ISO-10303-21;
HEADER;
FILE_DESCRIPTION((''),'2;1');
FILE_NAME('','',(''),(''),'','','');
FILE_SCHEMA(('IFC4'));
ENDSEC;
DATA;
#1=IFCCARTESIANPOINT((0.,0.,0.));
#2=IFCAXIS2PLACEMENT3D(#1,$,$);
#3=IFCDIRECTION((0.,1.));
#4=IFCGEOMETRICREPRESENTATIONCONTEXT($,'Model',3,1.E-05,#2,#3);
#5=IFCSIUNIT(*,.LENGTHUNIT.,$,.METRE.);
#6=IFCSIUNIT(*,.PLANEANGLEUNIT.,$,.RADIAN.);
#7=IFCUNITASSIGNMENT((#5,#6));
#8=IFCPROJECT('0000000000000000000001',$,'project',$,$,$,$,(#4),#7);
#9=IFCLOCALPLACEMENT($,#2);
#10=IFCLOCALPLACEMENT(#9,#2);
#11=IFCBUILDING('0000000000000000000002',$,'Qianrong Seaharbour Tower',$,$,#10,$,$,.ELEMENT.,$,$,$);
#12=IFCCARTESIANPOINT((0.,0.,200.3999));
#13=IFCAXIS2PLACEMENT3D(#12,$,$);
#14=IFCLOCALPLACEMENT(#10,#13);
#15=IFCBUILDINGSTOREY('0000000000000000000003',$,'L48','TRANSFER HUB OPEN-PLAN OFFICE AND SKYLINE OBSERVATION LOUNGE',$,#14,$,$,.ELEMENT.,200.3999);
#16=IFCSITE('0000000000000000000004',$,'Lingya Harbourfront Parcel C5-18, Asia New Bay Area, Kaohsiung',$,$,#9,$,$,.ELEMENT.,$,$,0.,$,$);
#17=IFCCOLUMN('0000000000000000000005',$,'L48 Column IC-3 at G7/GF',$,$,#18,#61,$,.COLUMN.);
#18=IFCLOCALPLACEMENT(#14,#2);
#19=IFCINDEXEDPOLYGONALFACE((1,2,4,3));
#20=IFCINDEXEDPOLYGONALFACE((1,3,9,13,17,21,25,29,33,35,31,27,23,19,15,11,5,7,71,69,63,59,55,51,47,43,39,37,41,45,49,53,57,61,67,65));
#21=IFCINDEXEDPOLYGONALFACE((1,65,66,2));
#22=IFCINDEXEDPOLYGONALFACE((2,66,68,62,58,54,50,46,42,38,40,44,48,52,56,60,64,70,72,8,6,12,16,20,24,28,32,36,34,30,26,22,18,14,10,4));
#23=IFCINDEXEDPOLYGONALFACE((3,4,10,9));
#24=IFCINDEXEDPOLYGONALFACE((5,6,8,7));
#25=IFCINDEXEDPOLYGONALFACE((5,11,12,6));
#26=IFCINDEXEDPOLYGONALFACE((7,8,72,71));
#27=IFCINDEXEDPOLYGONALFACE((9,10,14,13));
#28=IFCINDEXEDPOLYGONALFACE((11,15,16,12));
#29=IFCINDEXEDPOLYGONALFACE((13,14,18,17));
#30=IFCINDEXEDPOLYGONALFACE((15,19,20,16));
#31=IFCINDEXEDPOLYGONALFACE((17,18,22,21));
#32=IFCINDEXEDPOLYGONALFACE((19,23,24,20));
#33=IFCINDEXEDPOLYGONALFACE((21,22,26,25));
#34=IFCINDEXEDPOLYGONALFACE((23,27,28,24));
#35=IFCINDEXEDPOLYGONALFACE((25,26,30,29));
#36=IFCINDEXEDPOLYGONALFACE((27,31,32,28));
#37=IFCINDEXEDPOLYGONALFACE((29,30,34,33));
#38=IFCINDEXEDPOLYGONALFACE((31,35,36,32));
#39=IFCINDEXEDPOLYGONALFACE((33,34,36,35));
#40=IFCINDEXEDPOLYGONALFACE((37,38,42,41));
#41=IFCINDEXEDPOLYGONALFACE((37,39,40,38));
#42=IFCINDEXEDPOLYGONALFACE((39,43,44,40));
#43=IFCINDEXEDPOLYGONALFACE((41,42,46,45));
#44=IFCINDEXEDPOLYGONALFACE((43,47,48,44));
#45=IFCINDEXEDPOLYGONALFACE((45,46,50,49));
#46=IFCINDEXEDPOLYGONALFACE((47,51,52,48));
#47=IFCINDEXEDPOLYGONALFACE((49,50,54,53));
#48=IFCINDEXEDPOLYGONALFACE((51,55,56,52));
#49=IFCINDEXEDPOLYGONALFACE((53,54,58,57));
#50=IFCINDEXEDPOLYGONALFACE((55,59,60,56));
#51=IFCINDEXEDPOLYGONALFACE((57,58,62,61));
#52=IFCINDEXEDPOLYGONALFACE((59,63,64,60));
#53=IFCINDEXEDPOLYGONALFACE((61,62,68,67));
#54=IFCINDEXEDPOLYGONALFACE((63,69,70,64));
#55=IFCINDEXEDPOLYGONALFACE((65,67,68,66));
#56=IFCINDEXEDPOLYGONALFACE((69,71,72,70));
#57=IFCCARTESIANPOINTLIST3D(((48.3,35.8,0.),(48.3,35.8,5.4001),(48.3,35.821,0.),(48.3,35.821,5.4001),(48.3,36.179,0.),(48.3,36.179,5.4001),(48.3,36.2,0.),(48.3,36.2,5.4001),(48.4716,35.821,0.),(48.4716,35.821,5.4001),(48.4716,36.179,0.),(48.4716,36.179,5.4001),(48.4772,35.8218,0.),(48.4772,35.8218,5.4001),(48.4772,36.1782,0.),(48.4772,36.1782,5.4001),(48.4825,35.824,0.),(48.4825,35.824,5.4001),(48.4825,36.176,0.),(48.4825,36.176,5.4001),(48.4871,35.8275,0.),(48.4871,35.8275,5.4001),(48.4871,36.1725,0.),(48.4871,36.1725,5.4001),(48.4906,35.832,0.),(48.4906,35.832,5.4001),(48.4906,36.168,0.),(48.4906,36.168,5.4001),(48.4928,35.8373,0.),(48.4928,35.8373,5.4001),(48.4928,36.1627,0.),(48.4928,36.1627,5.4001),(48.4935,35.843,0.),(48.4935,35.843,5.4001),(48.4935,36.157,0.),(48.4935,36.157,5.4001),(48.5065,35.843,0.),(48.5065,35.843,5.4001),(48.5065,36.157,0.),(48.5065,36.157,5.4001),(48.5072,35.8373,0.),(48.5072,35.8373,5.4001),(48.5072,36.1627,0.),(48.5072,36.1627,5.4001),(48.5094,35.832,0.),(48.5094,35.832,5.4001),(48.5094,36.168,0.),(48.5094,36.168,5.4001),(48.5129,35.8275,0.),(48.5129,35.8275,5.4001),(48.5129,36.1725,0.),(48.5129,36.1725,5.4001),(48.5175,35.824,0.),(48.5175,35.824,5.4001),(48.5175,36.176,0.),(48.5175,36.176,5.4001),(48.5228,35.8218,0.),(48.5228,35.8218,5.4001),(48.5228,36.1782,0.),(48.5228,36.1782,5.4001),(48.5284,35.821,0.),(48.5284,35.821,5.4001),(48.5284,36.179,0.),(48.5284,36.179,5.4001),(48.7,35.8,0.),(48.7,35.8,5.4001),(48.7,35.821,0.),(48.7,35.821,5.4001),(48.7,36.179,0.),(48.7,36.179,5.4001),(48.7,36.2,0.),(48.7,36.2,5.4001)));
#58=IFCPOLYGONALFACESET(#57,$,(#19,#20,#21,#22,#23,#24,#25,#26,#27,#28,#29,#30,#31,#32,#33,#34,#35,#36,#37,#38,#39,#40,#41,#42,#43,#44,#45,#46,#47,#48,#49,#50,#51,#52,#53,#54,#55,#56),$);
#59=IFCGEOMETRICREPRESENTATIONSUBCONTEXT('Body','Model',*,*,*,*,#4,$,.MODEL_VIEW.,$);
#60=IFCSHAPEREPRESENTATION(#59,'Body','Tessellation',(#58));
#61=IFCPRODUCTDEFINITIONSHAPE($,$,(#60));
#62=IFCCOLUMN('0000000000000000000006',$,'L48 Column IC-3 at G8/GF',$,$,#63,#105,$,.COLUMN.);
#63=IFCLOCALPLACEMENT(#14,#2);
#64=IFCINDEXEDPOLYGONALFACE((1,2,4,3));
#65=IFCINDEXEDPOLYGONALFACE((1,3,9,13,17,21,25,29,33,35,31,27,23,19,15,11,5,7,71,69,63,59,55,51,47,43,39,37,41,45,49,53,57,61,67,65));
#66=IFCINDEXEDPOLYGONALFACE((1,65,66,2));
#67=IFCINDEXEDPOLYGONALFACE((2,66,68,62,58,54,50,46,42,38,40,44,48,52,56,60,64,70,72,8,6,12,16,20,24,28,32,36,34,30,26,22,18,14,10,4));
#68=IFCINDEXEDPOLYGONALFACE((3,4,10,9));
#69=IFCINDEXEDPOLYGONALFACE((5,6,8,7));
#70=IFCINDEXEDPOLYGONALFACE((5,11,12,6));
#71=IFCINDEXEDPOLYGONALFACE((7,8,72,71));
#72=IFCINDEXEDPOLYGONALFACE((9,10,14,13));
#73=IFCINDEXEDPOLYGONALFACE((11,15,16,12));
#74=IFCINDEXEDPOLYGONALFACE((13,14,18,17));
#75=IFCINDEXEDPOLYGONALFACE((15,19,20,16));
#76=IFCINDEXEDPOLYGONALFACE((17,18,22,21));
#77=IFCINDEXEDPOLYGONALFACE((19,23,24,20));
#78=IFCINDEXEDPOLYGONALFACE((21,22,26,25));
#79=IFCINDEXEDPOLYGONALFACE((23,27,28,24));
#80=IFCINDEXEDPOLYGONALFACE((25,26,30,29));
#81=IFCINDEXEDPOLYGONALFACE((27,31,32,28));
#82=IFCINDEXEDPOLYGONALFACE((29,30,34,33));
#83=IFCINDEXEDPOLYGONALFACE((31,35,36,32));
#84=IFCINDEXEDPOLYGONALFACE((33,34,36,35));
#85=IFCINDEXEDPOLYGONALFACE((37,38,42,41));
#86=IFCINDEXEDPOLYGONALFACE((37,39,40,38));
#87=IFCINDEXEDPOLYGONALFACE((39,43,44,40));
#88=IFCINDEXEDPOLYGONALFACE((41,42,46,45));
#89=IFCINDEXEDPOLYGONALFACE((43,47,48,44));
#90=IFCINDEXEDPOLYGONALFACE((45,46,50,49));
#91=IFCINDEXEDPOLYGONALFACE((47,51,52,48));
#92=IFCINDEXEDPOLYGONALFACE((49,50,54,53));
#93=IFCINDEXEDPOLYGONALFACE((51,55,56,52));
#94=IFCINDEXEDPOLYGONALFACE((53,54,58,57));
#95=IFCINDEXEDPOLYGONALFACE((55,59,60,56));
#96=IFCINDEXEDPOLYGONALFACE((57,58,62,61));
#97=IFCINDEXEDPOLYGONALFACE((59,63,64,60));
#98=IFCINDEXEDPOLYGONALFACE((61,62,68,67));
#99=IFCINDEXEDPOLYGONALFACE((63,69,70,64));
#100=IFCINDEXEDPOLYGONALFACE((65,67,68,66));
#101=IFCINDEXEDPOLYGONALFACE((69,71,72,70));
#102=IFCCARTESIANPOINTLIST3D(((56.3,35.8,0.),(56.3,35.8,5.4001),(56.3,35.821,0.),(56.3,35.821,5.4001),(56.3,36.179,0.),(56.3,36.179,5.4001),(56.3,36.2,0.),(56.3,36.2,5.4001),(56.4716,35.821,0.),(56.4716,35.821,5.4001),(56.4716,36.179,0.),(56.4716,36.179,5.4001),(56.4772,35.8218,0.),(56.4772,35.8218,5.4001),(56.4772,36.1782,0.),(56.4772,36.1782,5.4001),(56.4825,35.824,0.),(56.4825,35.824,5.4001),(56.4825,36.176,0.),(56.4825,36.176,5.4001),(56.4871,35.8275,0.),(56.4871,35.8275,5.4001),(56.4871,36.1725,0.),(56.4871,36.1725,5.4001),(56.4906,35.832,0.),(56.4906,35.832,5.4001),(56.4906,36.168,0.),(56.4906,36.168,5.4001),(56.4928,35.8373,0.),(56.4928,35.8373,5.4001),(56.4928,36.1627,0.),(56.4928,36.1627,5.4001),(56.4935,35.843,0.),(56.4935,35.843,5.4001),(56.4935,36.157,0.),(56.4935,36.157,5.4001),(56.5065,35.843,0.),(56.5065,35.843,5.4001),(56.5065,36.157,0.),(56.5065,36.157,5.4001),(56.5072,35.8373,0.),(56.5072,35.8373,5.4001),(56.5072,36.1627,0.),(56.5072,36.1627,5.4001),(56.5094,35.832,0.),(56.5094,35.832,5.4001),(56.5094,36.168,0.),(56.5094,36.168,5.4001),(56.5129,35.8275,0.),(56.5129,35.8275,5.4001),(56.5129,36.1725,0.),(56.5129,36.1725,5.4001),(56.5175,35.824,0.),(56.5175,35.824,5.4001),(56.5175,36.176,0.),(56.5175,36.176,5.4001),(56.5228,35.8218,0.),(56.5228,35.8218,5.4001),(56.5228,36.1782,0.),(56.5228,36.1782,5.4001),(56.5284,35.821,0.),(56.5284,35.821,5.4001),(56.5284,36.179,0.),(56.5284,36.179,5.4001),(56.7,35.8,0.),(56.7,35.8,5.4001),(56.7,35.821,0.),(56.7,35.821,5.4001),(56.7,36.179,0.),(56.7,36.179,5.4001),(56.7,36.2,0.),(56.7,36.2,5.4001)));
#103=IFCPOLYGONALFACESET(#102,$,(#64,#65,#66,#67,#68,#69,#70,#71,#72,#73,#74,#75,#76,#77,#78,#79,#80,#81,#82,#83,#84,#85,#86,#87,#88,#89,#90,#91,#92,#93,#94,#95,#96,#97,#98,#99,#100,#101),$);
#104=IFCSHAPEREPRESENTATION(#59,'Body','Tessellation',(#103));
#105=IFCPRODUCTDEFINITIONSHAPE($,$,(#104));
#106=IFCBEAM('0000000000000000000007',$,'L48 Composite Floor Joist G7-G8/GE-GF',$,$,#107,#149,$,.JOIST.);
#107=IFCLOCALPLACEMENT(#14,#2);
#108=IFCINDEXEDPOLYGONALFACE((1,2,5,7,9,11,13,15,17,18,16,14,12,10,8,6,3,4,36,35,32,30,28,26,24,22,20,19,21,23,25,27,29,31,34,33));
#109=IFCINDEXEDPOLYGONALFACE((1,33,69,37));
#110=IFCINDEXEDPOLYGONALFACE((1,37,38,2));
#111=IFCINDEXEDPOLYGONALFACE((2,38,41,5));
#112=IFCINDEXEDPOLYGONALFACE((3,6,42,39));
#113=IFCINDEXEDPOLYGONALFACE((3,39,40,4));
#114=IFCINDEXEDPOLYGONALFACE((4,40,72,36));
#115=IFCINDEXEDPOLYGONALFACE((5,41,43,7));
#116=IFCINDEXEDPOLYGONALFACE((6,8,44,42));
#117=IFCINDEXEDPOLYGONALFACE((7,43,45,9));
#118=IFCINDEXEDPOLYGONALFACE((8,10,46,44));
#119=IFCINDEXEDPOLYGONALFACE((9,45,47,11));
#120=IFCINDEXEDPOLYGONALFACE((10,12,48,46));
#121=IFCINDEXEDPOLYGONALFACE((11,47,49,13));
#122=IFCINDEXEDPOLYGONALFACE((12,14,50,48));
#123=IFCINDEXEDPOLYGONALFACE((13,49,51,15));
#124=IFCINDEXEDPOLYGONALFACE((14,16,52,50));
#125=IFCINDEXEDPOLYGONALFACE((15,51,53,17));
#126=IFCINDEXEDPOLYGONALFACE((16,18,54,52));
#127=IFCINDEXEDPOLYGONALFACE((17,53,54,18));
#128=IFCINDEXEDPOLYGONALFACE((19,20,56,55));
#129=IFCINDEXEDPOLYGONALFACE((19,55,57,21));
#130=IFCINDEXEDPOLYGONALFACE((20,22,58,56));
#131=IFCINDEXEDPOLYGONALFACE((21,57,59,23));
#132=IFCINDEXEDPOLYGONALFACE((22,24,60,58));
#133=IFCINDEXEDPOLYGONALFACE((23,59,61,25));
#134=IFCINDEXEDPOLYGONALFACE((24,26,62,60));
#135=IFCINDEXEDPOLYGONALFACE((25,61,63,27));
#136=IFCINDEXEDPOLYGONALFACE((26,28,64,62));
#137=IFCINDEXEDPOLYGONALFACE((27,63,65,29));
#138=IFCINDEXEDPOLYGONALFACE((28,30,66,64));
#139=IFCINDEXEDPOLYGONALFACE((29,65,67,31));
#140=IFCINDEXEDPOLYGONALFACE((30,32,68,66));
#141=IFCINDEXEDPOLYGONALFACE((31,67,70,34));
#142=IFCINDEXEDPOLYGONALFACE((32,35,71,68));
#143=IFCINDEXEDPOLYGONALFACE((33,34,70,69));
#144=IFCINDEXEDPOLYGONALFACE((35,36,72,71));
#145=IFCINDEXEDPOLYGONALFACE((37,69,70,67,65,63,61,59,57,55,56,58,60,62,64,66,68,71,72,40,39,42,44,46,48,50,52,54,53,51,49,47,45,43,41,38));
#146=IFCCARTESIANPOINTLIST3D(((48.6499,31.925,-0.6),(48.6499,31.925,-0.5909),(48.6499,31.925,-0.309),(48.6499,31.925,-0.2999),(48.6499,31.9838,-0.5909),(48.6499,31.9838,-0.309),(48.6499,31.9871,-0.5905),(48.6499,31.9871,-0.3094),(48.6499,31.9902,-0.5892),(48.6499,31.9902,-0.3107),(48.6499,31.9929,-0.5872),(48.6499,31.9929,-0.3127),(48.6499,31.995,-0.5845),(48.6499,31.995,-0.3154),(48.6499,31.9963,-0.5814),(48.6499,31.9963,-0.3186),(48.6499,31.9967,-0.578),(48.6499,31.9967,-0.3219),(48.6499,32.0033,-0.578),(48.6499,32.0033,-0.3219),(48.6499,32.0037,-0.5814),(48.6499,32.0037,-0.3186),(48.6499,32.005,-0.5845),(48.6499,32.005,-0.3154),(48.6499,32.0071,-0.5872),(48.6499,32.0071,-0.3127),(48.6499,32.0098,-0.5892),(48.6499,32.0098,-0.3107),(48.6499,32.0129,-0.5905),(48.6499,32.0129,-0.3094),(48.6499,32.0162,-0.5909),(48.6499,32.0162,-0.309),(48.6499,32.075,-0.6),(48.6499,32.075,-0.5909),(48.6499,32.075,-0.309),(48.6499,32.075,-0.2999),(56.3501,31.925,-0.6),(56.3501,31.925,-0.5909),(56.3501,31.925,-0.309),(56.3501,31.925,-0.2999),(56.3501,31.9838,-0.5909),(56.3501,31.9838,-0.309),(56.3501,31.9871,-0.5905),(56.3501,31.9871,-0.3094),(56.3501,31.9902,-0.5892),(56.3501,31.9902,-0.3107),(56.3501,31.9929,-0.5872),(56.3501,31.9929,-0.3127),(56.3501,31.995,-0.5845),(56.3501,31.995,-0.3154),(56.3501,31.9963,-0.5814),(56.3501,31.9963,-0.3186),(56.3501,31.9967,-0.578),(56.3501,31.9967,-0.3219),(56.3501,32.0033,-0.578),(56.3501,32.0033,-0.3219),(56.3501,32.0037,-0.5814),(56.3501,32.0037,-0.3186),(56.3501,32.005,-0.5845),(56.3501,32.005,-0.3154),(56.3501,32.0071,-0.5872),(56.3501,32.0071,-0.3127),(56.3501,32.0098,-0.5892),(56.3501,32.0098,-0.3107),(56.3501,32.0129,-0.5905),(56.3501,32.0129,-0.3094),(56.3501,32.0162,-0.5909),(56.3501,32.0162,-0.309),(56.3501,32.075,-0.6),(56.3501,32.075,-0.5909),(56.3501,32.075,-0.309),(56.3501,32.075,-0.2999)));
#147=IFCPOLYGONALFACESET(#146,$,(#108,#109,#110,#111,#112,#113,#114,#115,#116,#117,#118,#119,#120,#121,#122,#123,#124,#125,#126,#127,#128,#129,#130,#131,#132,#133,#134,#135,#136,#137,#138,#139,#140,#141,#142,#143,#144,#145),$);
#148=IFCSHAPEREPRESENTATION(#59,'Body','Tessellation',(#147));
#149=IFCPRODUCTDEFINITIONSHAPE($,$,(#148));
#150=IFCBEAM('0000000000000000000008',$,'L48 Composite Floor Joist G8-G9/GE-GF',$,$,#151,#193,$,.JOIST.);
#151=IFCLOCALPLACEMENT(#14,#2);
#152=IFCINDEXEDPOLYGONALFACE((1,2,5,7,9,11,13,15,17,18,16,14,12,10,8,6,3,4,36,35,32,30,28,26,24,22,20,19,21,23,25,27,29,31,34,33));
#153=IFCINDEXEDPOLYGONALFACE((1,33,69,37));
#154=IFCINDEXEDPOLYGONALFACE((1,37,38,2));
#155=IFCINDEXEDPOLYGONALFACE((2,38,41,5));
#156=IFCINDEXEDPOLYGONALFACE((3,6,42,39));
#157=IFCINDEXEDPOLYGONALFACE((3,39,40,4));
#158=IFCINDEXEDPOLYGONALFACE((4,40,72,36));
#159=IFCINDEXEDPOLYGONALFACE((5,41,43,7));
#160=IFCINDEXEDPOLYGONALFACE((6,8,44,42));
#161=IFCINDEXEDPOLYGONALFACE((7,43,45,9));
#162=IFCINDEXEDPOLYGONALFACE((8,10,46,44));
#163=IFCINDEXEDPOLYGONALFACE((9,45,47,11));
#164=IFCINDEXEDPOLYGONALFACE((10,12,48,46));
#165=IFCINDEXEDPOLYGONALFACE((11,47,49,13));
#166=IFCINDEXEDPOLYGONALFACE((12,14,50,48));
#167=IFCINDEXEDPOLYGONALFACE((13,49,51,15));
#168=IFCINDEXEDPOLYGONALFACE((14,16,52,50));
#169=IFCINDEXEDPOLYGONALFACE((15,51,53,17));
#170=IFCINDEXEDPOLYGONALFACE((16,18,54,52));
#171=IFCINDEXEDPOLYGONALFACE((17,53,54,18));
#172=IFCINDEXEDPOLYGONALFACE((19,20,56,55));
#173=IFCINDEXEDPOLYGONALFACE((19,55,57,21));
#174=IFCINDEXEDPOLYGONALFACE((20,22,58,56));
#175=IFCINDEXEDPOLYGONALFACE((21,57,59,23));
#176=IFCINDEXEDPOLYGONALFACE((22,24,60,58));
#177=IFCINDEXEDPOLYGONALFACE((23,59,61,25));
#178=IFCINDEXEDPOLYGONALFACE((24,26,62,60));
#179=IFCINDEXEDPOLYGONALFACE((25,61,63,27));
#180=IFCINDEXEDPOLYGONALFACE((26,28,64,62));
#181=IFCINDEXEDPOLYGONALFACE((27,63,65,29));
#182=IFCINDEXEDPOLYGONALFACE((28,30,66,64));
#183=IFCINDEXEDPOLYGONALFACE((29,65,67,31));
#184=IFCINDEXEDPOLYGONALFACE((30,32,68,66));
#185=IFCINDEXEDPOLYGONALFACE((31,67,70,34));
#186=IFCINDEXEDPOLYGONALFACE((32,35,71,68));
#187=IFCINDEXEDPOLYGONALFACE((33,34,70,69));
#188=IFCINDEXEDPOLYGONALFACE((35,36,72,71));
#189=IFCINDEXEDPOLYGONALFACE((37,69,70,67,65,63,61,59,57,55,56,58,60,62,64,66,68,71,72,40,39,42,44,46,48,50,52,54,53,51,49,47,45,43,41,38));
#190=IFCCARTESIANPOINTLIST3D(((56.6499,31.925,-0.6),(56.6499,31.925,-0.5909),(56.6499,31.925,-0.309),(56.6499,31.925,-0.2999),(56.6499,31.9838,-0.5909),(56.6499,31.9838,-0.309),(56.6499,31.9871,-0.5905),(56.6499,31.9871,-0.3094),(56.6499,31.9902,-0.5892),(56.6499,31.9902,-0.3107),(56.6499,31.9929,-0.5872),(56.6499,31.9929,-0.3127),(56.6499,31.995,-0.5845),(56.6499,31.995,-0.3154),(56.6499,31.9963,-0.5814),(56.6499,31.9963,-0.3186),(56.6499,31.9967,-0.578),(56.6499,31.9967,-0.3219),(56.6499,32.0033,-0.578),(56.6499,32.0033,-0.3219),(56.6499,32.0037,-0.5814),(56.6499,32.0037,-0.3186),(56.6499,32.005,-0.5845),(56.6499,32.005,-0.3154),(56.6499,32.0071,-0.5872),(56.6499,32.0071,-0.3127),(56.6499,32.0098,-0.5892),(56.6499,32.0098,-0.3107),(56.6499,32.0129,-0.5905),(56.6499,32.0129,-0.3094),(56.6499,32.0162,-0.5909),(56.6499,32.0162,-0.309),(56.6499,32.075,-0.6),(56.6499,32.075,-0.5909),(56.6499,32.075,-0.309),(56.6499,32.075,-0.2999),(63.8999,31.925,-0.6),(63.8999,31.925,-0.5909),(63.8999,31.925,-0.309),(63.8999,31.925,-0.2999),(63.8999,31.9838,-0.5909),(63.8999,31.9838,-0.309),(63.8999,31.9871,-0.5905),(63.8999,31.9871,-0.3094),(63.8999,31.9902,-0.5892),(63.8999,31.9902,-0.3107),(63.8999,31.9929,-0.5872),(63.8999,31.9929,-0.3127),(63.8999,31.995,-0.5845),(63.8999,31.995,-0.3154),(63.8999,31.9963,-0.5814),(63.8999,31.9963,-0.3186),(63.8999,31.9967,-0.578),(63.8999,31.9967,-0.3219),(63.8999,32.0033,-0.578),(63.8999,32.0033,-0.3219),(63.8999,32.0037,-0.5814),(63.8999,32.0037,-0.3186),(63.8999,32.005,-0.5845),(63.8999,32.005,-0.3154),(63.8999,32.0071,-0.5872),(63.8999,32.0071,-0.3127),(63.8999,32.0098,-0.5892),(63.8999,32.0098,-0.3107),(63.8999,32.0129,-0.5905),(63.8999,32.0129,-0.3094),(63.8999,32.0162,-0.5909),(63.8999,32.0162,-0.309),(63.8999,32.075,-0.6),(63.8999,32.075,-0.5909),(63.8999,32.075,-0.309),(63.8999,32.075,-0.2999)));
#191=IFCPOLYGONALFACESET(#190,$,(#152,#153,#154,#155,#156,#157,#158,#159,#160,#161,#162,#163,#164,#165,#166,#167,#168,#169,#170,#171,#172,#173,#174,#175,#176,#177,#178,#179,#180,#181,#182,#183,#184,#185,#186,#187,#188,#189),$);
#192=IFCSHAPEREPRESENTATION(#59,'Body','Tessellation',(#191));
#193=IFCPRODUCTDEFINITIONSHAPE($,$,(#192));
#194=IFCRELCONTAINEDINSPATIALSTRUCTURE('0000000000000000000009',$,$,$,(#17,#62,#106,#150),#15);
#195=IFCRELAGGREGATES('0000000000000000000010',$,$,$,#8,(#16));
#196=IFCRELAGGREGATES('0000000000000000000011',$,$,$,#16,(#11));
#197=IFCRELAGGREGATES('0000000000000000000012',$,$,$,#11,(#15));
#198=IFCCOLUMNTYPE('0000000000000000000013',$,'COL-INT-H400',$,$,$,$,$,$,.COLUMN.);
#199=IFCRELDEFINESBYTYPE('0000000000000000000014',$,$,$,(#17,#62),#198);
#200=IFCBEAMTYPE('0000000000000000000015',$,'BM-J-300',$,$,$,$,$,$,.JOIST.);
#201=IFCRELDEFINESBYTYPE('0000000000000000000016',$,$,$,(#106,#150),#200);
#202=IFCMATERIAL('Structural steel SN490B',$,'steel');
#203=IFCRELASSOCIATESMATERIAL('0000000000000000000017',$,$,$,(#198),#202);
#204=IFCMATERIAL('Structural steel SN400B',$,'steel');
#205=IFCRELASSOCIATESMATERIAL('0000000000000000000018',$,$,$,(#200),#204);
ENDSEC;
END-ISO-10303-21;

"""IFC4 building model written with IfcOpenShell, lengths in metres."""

from ifc_helpers import new_model, si_unit, direction, frame, origin, origin_2d, place, context, subcontext, project, spatial, i_section, extrude, material, material_profile, profile_set, type_object, element, save


model = new_model("IFC4")

# Units and contexts
model_context = context("Model", 3, precision=1e-05, world=origin(), true_north=direction((0.0, 1.0)))
body_context = subcontext(model_context, "Body", "Model", "MODEL_VIEW")
ifc_project = project(units=[si_unit("LENGTHUNIT", "METRE"), si_unit("PLANEANGLEUNIT", "RADIAN")], contexts=[model_context])

# Site, building, storey
site_placement = place(None, origin())
site = spatial("IfcSite", under=ifc_project, at=site_placement, Name="Lingya Harbourfront Parcel C5-18, Asia New Bay Area, Kaohsiung", CompositionType="ELEMENT", RefElevation=0.0)
building_placement = place(site_placement, origin())
building = spatial("IfcBuilding", under=site, at=building_placement, Name="Qianrong Seaharbour Tower", CompositionType="ELEMENT")
storey_placement = place(building_placement, frame((0.0, 0.0, 200.3999)))
storey = spatial("IfcBuildingStorey", under=building, at=storey_placement, Name="L48", Description="TRANSFER HUB OPEN-PLAN OFFICE AND SKYLINE OBSERVATION LOUNGE", CompositionType="ELEMENT", Elevation=200.3999)

# Columns
ifc_material_1 = material(Name="Structural steel SN490B", Category="steel")
ifc_material_profile_1 = material_profile(ifc_material_1, i_section(OverallWidth=0.3999, OverallDepth=0.3999, WebThickness=0.0129, FlangeThickness=0.021, FilletRadius=0.022, at=origin_2d()), Name="H400x400x13x21")
ifc_profile_set_1 = profile_set([ifc_material_profile_1], Name="Structural steel SN490B")
column_type = type_object("IfcColumnType", Name="COL-INT-H400", PredefinedType="COLUMN", material=ifc_profile_set_1)
for number, where, z_axis, x_axis, name in (
    (1, (48.5, 36.0, 0.0), (0.0, 0.0, 1.0), (1.0, 0.0, 0.0), "L48 Column IC-3 at G7/GF"),
    (2, (56.5, 36.0, 0.0), (0.0, 0.0, 1.0), (1.0, 0.0, 0.0), "L48 Column IC-3 at G8/GF"),
):
    element("IfcColumn", number, at=place(storey_placement, frame(where, z_axis=z_axis, x_axis=x_axis)), inside=storey, type_object=column_type, Name=name, PredefinedType="COLUMN", context=body_context, shape_type="SweptSolid", body=[
        extrude(i_section(OverallWidth=0.3999, OverallDepth=0.3999, WebThickness=0.0129, FlangeThickness=0.021, FilletRadius=0.022, at=origin_2d()), origin(), (0.0, 0.0, 1.0), 5.4001),
    ])

# Beams
ifc_material_2 = material(Name="Structural steel SN400B", Category="steel")
ifc_material_profile_2 = material_profile(ifc_material_2, i_section(OverallWidth=0.1499, OverallDepth=0.3, WebThickness=0.0066, FlangeThickness=0.009, FilletRadius=0.0129, at=origin_2d()), Name="H300x150x6.5x9")
ifc_profile_set_2 = profile_set([ifc_material_profile_2], Name="Structural steel SN400B")
beam_type_1 = type_object("IfcBeamType", Name="BM-J-300", PredefinedType="JOIST", material=ifc_profile_set_2)
beam_1_placement = place(storey_placement, frame((48.6499, 32.0, -0.45), z_axis=(1.0, 0.0, 0.0), x_axis=(0.0, 1.0, 0.0)))
element("IfcBeam", 3, at=beam_1_placement, inside=storey, type_object=beam_type_1, Name="L48 Composite Floor Joist G7-G8/GE-GF", PredefinedType="JOIST", context=body_context, shape_type="SweptSolid", body=[
    extrude(i_section(OverallWidth=0.1499, OverallDepth=0.3, WebThickness=0.0066, FlangeThickness=0.009, FilletRadius=0.0129, at=origin_2d()), origin(), (0.0, 0.0, 1.0), 7.7002),
])
beam_2_placement = place(storey_placement, frame((56.6499, 32.0, -0.45), z_axis=(1.0, 0.0, 0.0), x_axis=(0.0, 1.0, 0.0)))
element("IfcBeam", 4, at=beam_2_placement, inside=storey, type_object=beam_type_1, Name="L48 Composite Floor Joist G8-G9/GE-GF", PredefinedType="JOIST", context=body_context, shape_type="SweptSolid", body=[
    extrude(i_section(OverallWidth=0.1499, OverallDepth=0.3, WebThickness=0.0066, FlangeThickness=0.009, FilletRadius=0.0129, at=origin_2d()), origin(), (0.0, 0.0, 1.0), 7.25),
])

save(model, "model.ifc")
